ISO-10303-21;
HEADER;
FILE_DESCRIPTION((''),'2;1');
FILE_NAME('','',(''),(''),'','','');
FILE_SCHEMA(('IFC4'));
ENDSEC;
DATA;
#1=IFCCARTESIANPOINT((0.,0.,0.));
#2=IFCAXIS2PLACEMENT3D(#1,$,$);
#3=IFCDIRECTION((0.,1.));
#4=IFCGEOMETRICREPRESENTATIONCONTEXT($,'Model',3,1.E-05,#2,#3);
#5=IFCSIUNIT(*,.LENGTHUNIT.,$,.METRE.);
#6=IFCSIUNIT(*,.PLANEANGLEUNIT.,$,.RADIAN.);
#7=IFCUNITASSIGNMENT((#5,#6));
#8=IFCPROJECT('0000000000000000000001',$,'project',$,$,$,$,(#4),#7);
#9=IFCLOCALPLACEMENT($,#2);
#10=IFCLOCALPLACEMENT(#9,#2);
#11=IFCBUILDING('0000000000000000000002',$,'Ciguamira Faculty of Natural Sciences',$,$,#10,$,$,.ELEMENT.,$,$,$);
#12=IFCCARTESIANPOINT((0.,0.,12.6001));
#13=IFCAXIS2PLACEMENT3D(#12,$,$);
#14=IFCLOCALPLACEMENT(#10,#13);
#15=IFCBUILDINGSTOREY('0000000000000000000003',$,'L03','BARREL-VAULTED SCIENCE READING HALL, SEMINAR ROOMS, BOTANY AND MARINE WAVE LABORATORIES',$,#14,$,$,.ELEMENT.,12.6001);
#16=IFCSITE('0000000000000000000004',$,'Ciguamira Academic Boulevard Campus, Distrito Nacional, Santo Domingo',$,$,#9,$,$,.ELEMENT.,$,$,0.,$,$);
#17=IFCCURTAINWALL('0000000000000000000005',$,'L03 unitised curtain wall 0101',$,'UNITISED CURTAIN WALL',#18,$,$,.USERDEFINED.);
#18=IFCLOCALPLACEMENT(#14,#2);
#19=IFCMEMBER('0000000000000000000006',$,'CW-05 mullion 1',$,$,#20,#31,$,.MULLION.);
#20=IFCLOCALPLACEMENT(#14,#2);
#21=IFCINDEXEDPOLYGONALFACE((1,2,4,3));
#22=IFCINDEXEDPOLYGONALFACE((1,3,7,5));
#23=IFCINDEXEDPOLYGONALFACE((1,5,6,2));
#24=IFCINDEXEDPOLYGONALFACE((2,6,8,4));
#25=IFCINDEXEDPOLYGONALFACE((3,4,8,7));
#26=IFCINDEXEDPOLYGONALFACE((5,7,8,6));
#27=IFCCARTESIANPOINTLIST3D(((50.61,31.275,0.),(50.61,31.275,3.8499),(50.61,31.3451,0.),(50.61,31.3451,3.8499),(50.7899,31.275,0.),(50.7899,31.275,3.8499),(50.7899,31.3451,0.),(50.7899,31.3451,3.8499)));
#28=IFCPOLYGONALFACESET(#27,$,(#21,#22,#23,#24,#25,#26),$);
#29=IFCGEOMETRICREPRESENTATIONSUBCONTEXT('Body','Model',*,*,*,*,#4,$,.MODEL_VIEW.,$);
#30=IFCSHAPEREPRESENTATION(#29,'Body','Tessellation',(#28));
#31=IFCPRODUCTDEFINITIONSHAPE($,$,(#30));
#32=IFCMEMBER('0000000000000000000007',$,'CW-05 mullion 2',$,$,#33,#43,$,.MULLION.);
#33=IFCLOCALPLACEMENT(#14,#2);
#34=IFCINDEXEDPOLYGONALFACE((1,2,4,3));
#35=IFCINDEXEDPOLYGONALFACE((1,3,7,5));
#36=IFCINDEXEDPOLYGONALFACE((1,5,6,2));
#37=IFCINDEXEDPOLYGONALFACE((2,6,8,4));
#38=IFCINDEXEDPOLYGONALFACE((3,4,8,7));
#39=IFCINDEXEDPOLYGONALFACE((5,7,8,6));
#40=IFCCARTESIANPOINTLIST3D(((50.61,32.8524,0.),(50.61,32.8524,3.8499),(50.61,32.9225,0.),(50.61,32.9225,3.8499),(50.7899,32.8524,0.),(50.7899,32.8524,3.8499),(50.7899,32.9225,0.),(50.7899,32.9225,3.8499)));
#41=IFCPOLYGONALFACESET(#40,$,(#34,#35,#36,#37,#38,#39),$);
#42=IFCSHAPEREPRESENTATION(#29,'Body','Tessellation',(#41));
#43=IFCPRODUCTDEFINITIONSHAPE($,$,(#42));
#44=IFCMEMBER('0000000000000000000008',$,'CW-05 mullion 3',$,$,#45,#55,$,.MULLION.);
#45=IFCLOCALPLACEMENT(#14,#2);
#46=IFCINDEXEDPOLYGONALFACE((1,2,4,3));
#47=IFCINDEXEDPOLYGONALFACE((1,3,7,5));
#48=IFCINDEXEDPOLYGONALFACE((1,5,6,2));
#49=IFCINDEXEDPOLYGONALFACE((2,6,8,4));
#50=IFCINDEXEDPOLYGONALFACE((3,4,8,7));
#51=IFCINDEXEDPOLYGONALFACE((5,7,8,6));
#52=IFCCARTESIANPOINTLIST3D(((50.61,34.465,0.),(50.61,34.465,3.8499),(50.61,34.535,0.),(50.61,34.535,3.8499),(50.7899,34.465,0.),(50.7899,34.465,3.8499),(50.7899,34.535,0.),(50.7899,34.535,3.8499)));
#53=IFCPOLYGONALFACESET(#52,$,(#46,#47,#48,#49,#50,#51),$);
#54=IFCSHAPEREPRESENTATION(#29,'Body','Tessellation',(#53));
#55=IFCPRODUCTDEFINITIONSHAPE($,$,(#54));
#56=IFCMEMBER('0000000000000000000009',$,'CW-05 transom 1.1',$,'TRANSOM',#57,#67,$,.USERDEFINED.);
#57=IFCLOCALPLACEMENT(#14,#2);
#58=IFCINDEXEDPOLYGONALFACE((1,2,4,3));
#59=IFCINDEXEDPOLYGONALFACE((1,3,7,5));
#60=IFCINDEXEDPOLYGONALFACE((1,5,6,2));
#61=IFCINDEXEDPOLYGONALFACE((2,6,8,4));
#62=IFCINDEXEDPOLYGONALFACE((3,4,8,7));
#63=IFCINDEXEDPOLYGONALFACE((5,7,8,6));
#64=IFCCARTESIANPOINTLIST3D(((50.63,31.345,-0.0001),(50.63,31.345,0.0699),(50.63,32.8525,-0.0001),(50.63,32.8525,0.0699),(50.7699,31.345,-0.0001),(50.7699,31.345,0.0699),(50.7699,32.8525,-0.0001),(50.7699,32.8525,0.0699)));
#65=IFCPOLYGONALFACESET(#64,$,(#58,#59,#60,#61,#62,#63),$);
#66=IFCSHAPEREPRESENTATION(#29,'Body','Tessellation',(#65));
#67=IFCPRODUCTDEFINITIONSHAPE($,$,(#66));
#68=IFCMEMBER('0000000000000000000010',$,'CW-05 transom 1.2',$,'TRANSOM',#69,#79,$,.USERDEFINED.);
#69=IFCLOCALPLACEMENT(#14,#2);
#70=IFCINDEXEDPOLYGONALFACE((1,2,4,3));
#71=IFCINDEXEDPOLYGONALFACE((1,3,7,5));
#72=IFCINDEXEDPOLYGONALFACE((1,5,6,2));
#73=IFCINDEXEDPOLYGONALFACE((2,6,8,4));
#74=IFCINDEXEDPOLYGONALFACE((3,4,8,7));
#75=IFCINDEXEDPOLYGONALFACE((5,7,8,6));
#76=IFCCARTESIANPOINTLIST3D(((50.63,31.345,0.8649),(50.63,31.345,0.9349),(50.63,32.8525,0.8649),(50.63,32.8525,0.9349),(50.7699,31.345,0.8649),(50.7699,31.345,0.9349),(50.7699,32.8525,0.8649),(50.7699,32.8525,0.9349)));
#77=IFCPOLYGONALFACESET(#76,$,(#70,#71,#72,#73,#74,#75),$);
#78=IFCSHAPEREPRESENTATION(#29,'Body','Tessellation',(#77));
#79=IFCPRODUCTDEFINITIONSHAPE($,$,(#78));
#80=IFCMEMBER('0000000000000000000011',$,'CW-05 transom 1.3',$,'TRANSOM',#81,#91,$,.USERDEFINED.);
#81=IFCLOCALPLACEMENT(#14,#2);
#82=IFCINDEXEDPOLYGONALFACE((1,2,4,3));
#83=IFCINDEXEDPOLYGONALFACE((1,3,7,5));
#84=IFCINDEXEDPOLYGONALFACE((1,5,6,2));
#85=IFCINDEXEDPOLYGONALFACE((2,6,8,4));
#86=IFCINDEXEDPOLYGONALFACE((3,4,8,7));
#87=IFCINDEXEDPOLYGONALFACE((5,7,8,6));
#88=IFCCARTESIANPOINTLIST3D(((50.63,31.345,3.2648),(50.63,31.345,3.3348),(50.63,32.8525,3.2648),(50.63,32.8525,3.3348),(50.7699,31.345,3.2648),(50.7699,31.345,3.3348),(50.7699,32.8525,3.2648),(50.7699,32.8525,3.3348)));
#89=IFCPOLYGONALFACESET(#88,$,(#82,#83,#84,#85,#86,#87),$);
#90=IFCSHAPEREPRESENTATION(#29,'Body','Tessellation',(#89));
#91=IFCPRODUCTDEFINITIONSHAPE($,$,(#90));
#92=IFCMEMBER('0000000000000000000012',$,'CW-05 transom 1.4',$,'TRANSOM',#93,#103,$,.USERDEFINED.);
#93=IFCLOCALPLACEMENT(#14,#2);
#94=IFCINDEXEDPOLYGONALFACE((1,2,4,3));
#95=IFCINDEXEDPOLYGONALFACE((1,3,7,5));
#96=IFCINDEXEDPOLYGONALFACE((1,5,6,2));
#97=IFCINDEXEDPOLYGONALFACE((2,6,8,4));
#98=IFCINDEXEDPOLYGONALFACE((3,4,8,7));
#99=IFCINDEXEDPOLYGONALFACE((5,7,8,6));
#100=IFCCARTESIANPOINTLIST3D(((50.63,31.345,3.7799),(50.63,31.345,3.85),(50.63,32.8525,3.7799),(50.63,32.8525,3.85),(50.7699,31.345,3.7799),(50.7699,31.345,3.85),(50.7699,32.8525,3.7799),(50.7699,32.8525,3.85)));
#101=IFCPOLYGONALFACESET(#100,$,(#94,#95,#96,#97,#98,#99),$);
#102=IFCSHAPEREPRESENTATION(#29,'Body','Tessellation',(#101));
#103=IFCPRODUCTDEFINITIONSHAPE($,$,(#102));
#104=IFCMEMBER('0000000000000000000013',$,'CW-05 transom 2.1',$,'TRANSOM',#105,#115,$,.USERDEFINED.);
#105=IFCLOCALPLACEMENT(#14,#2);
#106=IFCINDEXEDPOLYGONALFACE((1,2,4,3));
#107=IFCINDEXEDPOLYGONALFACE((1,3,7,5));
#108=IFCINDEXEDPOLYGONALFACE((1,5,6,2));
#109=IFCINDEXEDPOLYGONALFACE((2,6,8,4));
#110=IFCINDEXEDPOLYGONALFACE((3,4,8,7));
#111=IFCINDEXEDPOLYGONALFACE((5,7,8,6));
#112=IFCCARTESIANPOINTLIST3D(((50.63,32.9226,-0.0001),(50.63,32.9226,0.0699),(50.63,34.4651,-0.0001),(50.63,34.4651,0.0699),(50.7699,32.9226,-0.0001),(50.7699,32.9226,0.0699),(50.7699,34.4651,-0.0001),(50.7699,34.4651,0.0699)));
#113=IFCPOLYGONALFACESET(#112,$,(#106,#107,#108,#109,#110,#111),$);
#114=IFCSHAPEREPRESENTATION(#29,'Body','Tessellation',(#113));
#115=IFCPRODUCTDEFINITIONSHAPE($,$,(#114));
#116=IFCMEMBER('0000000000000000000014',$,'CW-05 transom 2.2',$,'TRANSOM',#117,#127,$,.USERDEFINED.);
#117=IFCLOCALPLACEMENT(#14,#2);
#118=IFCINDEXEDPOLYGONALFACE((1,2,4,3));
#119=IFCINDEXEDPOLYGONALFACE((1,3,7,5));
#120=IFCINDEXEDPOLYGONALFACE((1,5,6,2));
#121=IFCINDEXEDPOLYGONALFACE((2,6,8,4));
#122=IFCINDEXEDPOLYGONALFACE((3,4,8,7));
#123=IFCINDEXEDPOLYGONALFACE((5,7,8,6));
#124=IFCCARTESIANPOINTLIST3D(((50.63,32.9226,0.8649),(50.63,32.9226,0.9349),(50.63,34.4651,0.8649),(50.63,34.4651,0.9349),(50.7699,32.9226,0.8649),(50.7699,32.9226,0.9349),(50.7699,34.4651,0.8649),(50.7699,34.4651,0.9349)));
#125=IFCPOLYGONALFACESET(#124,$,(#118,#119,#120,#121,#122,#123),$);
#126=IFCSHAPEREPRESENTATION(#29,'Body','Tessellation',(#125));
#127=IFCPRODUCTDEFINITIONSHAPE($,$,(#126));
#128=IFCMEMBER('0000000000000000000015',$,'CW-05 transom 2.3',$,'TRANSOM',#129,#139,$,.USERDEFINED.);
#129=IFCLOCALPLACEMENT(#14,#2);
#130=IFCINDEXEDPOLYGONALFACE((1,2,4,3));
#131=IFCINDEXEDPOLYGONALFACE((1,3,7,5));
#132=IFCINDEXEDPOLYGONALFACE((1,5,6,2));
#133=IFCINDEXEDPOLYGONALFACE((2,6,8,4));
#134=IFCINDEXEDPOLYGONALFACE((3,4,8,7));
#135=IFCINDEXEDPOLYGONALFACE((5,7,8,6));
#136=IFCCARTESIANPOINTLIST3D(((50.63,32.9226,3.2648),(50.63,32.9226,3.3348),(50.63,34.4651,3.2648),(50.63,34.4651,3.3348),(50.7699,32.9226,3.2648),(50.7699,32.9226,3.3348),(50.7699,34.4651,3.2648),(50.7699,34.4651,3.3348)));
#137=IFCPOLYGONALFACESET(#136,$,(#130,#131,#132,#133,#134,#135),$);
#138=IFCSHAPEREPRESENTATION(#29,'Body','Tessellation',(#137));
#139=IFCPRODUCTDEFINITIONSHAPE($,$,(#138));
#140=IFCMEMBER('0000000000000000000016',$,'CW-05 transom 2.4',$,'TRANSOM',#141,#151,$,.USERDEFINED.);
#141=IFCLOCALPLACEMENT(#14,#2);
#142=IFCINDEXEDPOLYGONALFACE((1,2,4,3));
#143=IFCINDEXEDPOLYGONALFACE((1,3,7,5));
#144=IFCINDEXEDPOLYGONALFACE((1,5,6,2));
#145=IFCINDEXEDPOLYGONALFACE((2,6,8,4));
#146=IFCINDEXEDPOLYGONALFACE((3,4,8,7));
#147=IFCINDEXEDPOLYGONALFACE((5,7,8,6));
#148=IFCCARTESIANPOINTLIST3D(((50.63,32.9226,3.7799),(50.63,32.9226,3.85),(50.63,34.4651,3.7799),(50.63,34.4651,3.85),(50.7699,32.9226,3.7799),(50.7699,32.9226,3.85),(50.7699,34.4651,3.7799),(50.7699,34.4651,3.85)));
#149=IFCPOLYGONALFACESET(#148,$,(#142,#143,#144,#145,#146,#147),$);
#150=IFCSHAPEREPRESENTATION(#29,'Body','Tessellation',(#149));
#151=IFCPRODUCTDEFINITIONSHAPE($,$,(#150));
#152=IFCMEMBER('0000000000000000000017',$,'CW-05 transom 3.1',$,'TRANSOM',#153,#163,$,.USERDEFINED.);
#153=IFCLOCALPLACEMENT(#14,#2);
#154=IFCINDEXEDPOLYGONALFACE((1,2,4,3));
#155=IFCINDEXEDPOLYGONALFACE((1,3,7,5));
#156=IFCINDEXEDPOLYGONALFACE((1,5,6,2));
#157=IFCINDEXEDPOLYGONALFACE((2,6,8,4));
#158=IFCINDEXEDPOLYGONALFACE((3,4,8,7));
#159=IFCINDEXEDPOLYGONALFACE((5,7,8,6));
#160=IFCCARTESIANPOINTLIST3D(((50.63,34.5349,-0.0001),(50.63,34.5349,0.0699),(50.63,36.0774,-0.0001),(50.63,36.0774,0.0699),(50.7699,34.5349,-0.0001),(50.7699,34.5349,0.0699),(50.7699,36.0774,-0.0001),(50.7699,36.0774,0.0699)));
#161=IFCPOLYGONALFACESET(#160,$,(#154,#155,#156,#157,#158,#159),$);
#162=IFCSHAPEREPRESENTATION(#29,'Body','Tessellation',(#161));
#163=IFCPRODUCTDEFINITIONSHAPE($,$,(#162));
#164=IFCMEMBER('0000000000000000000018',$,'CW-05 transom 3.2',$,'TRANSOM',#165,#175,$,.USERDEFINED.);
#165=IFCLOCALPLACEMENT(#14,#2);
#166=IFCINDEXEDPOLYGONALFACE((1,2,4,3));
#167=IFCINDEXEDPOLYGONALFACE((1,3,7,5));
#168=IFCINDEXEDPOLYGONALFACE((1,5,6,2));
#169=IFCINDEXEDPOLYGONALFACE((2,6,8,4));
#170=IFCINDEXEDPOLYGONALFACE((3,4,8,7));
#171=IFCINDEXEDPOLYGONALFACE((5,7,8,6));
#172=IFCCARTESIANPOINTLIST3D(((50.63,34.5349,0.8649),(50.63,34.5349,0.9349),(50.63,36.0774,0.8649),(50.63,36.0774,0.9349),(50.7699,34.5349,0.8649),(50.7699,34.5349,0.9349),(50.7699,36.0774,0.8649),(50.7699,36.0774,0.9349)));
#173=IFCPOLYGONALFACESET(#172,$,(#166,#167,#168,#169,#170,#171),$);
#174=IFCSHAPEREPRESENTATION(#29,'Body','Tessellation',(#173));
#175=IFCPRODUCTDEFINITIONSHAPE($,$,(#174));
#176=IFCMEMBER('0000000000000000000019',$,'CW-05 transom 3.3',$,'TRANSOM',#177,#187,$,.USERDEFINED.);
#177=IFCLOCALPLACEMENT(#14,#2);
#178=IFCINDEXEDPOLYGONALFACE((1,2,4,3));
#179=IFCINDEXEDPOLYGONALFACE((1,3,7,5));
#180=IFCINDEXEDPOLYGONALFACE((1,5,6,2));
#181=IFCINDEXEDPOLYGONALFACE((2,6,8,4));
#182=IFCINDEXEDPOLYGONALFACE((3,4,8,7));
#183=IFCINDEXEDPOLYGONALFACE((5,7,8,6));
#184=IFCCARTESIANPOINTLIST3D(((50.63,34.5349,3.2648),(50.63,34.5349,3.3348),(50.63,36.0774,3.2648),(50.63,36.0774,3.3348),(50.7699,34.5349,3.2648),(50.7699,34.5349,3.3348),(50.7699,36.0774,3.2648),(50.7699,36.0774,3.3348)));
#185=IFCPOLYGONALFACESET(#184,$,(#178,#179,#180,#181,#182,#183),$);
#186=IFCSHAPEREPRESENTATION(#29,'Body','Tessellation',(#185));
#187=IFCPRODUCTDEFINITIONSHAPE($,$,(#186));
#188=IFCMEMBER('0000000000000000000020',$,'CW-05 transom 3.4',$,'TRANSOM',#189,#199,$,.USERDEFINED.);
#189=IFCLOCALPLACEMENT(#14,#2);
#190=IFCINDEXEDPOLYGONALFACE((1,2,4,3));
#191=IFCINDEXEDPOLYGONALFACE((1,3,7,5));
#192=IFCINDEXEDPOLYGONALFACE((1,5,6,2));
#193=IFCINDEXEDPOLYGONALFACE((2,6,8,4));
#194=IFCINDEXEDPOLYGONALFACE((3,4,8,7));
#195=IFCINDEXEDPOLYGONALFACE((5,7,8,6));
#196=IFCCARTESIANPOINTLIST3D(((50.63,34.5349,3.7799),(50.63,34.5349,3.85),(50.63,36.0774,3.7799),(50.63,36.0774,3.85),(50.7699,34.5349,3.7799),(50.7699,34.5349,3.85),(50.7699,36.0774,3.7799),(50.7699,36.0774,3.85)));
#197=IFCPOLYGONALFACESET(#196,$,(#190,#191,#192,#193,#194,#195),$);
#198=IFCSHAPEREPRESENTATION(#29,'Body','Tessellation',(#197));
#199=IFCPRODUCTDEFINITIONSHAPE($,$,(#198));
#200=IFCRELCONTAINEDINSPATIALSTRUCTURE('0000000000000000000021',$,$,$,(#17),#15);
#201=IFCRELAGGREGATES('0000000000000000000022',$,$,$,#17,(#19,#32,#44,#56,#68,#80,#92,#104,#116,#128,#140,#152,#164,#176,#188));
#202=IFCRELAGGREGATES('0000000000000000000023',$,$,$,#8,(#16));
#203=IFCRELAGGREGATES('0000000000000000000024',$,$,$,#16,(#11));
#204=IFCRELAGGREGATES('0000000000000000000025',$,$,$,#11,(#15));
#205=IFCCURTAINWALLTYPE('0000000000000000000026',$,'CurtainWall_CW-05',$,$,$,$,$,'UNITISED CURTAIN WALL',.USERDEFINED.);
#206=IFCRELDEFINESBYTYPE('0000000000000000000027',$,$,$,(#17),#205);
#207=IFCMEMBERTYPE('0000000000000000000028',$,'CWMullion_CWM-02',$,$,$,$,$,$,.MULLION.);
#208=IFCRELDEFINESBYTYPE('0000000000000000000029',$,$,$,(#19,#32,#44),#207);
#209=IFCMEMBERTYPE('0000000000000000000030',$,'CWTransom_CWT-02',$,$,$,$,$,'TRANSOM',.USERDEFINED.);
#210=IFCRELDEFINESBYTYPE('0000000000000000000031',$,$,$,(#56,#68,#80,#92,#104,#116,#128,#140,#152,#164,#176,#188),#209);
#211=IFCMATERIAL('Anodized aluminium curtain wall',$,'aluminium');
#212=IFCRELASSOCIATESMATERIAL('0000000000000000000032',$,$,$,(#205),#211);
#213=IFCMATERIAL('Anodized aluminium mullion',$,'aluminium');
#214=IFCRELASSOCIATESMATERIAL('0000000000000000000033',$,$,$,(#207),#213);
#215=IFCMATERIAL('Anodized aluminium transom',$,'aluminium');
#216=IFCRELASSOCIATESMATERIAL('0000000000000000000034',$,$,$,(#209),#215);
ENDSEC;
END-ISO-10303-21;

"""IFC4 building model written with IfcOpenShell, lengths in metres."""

from ifc_helpers import new_model, si_unit, direction, frame, origin, origin_2d, place, context, subcontext, project, spatial, rectangle, extrude, material, material_profile, profile_set, type_object, element, aggregate, save


model = new_model("IFC4")

# Units and contexts
model_context = context("Model", 3, precision=1e-05, world=origin(), true_north=direction((0.0, 1.0)))
body_context = subcontext(model_context, "Body", "Model", "MODEL_VIEW")
ifc_project = project(units=[si_unit("LENGTHUNIT", "METRE"), si_unit("PLANEANGLEUNIT", "RADIAN")], contexts=[model_context])

# Site, building, storey
site_placement = place(None, origin())
site = spatial("IfcSite", under=ifc_project, at=site_placement, Name="Ciguamira Academic Boulevard Campus, Distrito Nacional, Santo Domingo", CompositionType="ELEMENT", RefElevation=0.0)
building_placement = place(site_placement, origin())
building = spatial("IfcBuilding", under=site, at=building_placement, Name="Ciguamira Faculty of Natural Sciences", CompositionType="ELEMENT")
storey_placement = place(building_placement, frame((0.0, 0.0, 12.6001)))
storey = spatial("IfcBuildingStorey", under=building, at=storey_placement, Name="L03", Description="BARREL-VAULTED SCIENCE READING HALL, SEMINAR ROOMS, BOTANY AND MARINE WAVE LABORATORIES", CompositionType="ELEMENT", Elevation=12.6001)

# Curtain wall, members
ifc_material_1 = material(Name="Anodized aluminium curtain wall", Category="aluminium")
curtain_wall_type = type_object("IfcCurtainWallType", Name="CurtainWall_CW-05", ElementType="UNITISED CURTAIN WALL", PredefinedType="USERDEFINED", material=ifc_material_1)
curtain_wall_placement = place(storey_placement, origin())
curtain_wall = element("IfcCurtainWall", 1, at=curtain_wall_placement, inside=storey, type_object=curtain_wall_type, Name="L03 unitised curtain wall 0101", ObjectType="UNITISED CURTAIN WALL", PredefinedType="USERDEFINED")
ifc_material_2 = material(Name="Anodized aluminium mullion", Category="aluminium")
ifc_material_profile_1 = material_profile(ifc_material_2, rectangle(XDim=0.0701, YDim=0.1799, at=origin_2d()), Name="ALU-MUL-70X180")
ifc_profile_set_1 = profile_set([ifc_material_profile_1], Name="Anodized aluminium mullion")
member_type_1 = type_object("IfcMemberType", Name="CWMullion_CWM-02", PredefinedType="MULLION", material=ifc_profile_set_1)
member_1_placement = place(storey_placement, frame((50.7, 31.3101, 0.0), z_axis=(0.0, 0.0, 1.0), x_axis=(0.0, 1.0, 0.0)))
member_1 = element("IfcMember", 2, at=member_1_placement, type_object=member_type_1, Name="CW-05 mullion 1", PredefinedType="MULLION", context=body_context, shape_type="SweptSolid", body=[
    extrude(rectangle(XDim=0.0701, YDim=0.1799, at=origin_2d()), origin(), (0.0, 0.0, 1.0), 3.8499),
])
member_2_placement = place(storey_placement, frame((50.7, 32.8875, 0.0), z_axis=(0.0, 0.0, 1.0), x_axis=(0.0, 1.0, 0.0)))
member_2 = element("IfcMember", 3, at=member_2_placement, type_object=member_type_1, Name="CW-05 mullion 2", PredefinedType="MULLION", context=body_context, shape_type="SweptSolid", body=[
    extrude(rectangle(XDim=0.0701, YDim=0.1799, at=origin_2d()), origin(), (0.0, 0.0, 1.0), 3.8499),
])
member_3_placement = place(storey_placement, frame((50.7, 34.5, 0.0), z_axis=(0.0, 0.0, 1.0), x_axis=(0.0, 1.0, 0.0)))
member_3 = element("IfcMember", 4, at=member_3_placement, type_object=member_type_1, Name="CW-05 mullion 3", PredefinedType="MULLION", context=body_context, shape_type="SweptSolid", body=[
    extrude(rectangle(XDim=0.0701, YDim=0.1799, at=origin_2d()), origin(), (0.0, 0.0, 1.0), 3.8499),
])
ifc_material_3 = material(Name="Anodized aluminium transom", Category="aluminium")
ifc_material_profile_2 = material_profile(ifc_material_3, rectangle(XDim=0.0701, YDim=0.1399, at=origin_2d()), Name="ALU-TRN-70X140")
ifc_profile_set_2 = profile_set([ifc_material_profile_2], Name="Anodized aluminium transom")
member_type_2 = type_object("IfcMemberType", Name="CWTransom_CWT-02", ElementType="TRANSOM", PredefinedType="USERDEFINED", material=ifc_profile_set_2)
member_4_placement = place(storey_placement, frame((50.7, 31.345, 0.0349), z_axis=(0.0, 1.0, 0.0), x_axis=(0.0, 0.0, 1.0)))
member_4 = element("IfcMember", 5, at=member_4_placement, type_object=member_type_2, Name="CW-05 transom 1.1", ObjectType="TRANSOM", PredefinedType="USERDEFINED", context=body_context, shape_type="SweptSolid", body=[
    extrude(rectangle(XDim=0.0701, YDim=0.1399, at=origin_2d()), origin(), (0.0, 0.0, 1.0), 1.5076),
])
member_5_placement = place(storey_placement, frame((50.7, 31.345, 0.8999), z_axis=(0.0, 1.0, 0.0), x_axis=(0.0, 0.0, 1.0)))
member_5 = element("IfcMember", 6, at=member_5_placement, type_object=member_type_2, Name="CW-05 transom 1.2", ObjectType="TRANSOM", PredefinedType="USERDEFINED", context=body_context, shape_type="SweptSolid", body=[
    extrude(rectangle(XDim=0.0701, YDim=0.1399, at=origin_2d()), origin(), (0.0, 0.0, 1.0), 1.5076),
])
member_6_placement = place(storey_placement, frame((50.7, 31.345, 3.2998), z_axis=(0.0, 1.0, 0.0), x_axis=(0.0, 0.0, 1.0)))
member_6 = element("IfcMember", 7, at=member_6_placement, type_object=member_type_2, Name="CW-05 transom 1.3", ObjectType="TRANSOM", PredefinedType="USERDEFINED", context=body_context, shape_type="SweptSolid", body=[
    extrude(rectangle(XDim=0.0701, YDim=0.1399, at=origin_2d()), origin(), (0.0, 0.0, 1.0), 1.5076),
])
member_7_placement = place(storey_placement, frame((50.7, 31.345, 3.8149), z_axis=(0.0, 1.0, 0.0), x_axis=(0.0, 0.0, 1.0)))
member_7 = element("IfcMember", 8, at=member_7_placement, type_object=member_type_2, Name="CW-05 transom 1.4", ObjectType="TRANSOM", PredefinedType="USERDEFINED", context=body_context, shape_type="SweptSolid", body=[
    extrude(rectangle(XDim=0.0701, YDim=0.1399, at=origin_2d()), origin(), (0.0, 0.0, 1.0), 1.5076),
])
member_8_placement = place(storey_placement, frame((50.7, 32.9226, 0.0349), z_axis=(0.0, 1.0, 0.0), x_axis=(0.0, 0.0, 1.0)))
member_8 = element("IfcMember", 9, at=member_8_placement, type_object=member_type_2, Name="CW-05 transom 2.1", ObjectType="TRANSOM", PredefinedType="USERDEFINED", context=body_context, shape_type="SweptSolid", body=[
    extrude(rectangle(XDim=0.0701, YDim=0.1399, at=origin_2d()), origin(), (0.0, 0.0, 1.0), 1.5425),
])
member_9_placement = place(storey_placement, frame((50.7, 32.9226, 0.8999), z_axis=(0.0, 1.0, 0.0), x_axis=(0.0, 0.0, 1.0)))
member_9 = element("IfcMember", 10, at=member_9_placement, type_object=member_type_2, Name="CW-05 transom 2.2", ObjectType="TRANSOM", PredefinedType="USERDEFINED", context=body_context, shape_type="SweptSolid", body=[
    extrude(rectangle(XDim=0.0701, YDim=0.1399, at=origin_2d()), origin(), (0.0, 0.0, 1.0), 1.5425),
])
member_10_placement = place(storey_placement, frame((50.7, 32.9226, 3.2998), z_axis=(0.0, 1.0, 0.0), x_axis=(0.0, 0.0, 1.0)))
member_10 = element("IfcMember", 11, at=member_10_placement, type_object=member_type_2, Name="CW-05 transom 2.3", ObjectType="TRANSOM", PredefinedType="USERDEFINED", context=body_context, shape_type="SweptSolid", body=[
    extrude(rectangle(XDim=0.0701, YDim=0.1399, at=origin_2d()), origin(), (0.0, 0.0, 1.0), 1.5425),
])
member_11_placement = place(storey_placement, frame((50.7, 32.9226, 3.8149), z_axis=(0.0, 1.0, 0.0), x_axis=(0.0, 0.0, 1.0)))
member_11 = element("IfcMember", 12, at=member_11_placement, type_object=member_type_2, Name="CW-05 transom 2.4", ObjectType="TRANSOM", PredefinedType="USERDEFINED", context=body_context, shape_type="SweptSolid", body=[
    extrude(rectangle(XDim=0.0701, YDim=0.1399, at=origin_2d()), origin(), (0.0, 0.0, 1.0), 1.5425),
])
member_12_placement = place(storey_placement, frame((50.7, 34.5349, 0.0349), z_axis=(0.0, 1.0, 0.0), x_axis=(0.0, 0.0, 1.0)))
member_12 = element("IfcMember", 13, at=member_12_placement, type_object=member_type_2, Name="CW-05 transom 3.1", ObjectType="TRANSOM", PredefinedType="USERDEFINED", context=body_context, shape_type="SweptSolid", body=[
    extrude(rectangle(XDim=0.0701, YDim=0.1399, at=origin_2d()), origin(), (0.0, 0.0, 1.0), 1.5425),
])
member_13_placement = place(storey_placement, frame((50.7, 34.5349, 0.8999), z_axis=(0.0, 1.0, 0.0), x_axis=(0.0, 0.0, 1.0)))
member_13 = element("IfcMember", 14, at=member_13_placement, type_object=member_type_2, Name="CW-05 transom 3.2", ObjectType="TRANSOM", PredefinedType="USERDEFINED", context=body_context, shape_type="SweptSolid", body=[
    extrude(rectangle(XDim=0.0701, YDim=0.1399, at=origin_2d()), origin(), (0.0, 0.0, 1.0), 1.5425),
])
member_14_placement = place(storey_placement, frame((50.7, 34.5349, 3.2998), z_axis=(0.0, 1.0, 0.0), x_axis=(0.0, 0.0, 1.0)))
member_14 = element("IfcMember", 15, at=member_14_placement, type_object=member_type_2, Name="CW-05 transom 3.3", ObjectType="TRANSOM", PredefinedType="USERDEFINED", context=body_context, shape_type="SweptSolid", body=[
    extrude(rectangle(XDim=0.0701, YDim=0.1399, at=origin_2d()), origin(), (0.0, 0.0, 1.0), 1.5425),
])
member_15_placement = place(storey_placement, frame((50.7, 34.5349, 3.8149), z_axis=(0.0, 1.0, 0.0), x_axis=(0.0, 0.0, 1.0)))
member_15 = element("IfcMember", 16, at=member_15_placement, type_object=member_type_2, Name="CW-05 transom 3.4", ObjectType="TRANSOM", PredefinedType="USERDEFINED", context=body_context, shape_type="SweptSolid", body=[
    extrude(rectangle(XDim=0.0701, YDim=0.1399, at=origin_2d()), origin(), (0.0, 0.0, 1.0), 1.5425),
])
aggregate(curtain_wall, [member_1, member_2, member_3, member_4, member_5, member_6, member_7, member_8, member_9, member_10, member_11, member_12, member_13, member_14, member_15])

save(model, "model.ifc")
